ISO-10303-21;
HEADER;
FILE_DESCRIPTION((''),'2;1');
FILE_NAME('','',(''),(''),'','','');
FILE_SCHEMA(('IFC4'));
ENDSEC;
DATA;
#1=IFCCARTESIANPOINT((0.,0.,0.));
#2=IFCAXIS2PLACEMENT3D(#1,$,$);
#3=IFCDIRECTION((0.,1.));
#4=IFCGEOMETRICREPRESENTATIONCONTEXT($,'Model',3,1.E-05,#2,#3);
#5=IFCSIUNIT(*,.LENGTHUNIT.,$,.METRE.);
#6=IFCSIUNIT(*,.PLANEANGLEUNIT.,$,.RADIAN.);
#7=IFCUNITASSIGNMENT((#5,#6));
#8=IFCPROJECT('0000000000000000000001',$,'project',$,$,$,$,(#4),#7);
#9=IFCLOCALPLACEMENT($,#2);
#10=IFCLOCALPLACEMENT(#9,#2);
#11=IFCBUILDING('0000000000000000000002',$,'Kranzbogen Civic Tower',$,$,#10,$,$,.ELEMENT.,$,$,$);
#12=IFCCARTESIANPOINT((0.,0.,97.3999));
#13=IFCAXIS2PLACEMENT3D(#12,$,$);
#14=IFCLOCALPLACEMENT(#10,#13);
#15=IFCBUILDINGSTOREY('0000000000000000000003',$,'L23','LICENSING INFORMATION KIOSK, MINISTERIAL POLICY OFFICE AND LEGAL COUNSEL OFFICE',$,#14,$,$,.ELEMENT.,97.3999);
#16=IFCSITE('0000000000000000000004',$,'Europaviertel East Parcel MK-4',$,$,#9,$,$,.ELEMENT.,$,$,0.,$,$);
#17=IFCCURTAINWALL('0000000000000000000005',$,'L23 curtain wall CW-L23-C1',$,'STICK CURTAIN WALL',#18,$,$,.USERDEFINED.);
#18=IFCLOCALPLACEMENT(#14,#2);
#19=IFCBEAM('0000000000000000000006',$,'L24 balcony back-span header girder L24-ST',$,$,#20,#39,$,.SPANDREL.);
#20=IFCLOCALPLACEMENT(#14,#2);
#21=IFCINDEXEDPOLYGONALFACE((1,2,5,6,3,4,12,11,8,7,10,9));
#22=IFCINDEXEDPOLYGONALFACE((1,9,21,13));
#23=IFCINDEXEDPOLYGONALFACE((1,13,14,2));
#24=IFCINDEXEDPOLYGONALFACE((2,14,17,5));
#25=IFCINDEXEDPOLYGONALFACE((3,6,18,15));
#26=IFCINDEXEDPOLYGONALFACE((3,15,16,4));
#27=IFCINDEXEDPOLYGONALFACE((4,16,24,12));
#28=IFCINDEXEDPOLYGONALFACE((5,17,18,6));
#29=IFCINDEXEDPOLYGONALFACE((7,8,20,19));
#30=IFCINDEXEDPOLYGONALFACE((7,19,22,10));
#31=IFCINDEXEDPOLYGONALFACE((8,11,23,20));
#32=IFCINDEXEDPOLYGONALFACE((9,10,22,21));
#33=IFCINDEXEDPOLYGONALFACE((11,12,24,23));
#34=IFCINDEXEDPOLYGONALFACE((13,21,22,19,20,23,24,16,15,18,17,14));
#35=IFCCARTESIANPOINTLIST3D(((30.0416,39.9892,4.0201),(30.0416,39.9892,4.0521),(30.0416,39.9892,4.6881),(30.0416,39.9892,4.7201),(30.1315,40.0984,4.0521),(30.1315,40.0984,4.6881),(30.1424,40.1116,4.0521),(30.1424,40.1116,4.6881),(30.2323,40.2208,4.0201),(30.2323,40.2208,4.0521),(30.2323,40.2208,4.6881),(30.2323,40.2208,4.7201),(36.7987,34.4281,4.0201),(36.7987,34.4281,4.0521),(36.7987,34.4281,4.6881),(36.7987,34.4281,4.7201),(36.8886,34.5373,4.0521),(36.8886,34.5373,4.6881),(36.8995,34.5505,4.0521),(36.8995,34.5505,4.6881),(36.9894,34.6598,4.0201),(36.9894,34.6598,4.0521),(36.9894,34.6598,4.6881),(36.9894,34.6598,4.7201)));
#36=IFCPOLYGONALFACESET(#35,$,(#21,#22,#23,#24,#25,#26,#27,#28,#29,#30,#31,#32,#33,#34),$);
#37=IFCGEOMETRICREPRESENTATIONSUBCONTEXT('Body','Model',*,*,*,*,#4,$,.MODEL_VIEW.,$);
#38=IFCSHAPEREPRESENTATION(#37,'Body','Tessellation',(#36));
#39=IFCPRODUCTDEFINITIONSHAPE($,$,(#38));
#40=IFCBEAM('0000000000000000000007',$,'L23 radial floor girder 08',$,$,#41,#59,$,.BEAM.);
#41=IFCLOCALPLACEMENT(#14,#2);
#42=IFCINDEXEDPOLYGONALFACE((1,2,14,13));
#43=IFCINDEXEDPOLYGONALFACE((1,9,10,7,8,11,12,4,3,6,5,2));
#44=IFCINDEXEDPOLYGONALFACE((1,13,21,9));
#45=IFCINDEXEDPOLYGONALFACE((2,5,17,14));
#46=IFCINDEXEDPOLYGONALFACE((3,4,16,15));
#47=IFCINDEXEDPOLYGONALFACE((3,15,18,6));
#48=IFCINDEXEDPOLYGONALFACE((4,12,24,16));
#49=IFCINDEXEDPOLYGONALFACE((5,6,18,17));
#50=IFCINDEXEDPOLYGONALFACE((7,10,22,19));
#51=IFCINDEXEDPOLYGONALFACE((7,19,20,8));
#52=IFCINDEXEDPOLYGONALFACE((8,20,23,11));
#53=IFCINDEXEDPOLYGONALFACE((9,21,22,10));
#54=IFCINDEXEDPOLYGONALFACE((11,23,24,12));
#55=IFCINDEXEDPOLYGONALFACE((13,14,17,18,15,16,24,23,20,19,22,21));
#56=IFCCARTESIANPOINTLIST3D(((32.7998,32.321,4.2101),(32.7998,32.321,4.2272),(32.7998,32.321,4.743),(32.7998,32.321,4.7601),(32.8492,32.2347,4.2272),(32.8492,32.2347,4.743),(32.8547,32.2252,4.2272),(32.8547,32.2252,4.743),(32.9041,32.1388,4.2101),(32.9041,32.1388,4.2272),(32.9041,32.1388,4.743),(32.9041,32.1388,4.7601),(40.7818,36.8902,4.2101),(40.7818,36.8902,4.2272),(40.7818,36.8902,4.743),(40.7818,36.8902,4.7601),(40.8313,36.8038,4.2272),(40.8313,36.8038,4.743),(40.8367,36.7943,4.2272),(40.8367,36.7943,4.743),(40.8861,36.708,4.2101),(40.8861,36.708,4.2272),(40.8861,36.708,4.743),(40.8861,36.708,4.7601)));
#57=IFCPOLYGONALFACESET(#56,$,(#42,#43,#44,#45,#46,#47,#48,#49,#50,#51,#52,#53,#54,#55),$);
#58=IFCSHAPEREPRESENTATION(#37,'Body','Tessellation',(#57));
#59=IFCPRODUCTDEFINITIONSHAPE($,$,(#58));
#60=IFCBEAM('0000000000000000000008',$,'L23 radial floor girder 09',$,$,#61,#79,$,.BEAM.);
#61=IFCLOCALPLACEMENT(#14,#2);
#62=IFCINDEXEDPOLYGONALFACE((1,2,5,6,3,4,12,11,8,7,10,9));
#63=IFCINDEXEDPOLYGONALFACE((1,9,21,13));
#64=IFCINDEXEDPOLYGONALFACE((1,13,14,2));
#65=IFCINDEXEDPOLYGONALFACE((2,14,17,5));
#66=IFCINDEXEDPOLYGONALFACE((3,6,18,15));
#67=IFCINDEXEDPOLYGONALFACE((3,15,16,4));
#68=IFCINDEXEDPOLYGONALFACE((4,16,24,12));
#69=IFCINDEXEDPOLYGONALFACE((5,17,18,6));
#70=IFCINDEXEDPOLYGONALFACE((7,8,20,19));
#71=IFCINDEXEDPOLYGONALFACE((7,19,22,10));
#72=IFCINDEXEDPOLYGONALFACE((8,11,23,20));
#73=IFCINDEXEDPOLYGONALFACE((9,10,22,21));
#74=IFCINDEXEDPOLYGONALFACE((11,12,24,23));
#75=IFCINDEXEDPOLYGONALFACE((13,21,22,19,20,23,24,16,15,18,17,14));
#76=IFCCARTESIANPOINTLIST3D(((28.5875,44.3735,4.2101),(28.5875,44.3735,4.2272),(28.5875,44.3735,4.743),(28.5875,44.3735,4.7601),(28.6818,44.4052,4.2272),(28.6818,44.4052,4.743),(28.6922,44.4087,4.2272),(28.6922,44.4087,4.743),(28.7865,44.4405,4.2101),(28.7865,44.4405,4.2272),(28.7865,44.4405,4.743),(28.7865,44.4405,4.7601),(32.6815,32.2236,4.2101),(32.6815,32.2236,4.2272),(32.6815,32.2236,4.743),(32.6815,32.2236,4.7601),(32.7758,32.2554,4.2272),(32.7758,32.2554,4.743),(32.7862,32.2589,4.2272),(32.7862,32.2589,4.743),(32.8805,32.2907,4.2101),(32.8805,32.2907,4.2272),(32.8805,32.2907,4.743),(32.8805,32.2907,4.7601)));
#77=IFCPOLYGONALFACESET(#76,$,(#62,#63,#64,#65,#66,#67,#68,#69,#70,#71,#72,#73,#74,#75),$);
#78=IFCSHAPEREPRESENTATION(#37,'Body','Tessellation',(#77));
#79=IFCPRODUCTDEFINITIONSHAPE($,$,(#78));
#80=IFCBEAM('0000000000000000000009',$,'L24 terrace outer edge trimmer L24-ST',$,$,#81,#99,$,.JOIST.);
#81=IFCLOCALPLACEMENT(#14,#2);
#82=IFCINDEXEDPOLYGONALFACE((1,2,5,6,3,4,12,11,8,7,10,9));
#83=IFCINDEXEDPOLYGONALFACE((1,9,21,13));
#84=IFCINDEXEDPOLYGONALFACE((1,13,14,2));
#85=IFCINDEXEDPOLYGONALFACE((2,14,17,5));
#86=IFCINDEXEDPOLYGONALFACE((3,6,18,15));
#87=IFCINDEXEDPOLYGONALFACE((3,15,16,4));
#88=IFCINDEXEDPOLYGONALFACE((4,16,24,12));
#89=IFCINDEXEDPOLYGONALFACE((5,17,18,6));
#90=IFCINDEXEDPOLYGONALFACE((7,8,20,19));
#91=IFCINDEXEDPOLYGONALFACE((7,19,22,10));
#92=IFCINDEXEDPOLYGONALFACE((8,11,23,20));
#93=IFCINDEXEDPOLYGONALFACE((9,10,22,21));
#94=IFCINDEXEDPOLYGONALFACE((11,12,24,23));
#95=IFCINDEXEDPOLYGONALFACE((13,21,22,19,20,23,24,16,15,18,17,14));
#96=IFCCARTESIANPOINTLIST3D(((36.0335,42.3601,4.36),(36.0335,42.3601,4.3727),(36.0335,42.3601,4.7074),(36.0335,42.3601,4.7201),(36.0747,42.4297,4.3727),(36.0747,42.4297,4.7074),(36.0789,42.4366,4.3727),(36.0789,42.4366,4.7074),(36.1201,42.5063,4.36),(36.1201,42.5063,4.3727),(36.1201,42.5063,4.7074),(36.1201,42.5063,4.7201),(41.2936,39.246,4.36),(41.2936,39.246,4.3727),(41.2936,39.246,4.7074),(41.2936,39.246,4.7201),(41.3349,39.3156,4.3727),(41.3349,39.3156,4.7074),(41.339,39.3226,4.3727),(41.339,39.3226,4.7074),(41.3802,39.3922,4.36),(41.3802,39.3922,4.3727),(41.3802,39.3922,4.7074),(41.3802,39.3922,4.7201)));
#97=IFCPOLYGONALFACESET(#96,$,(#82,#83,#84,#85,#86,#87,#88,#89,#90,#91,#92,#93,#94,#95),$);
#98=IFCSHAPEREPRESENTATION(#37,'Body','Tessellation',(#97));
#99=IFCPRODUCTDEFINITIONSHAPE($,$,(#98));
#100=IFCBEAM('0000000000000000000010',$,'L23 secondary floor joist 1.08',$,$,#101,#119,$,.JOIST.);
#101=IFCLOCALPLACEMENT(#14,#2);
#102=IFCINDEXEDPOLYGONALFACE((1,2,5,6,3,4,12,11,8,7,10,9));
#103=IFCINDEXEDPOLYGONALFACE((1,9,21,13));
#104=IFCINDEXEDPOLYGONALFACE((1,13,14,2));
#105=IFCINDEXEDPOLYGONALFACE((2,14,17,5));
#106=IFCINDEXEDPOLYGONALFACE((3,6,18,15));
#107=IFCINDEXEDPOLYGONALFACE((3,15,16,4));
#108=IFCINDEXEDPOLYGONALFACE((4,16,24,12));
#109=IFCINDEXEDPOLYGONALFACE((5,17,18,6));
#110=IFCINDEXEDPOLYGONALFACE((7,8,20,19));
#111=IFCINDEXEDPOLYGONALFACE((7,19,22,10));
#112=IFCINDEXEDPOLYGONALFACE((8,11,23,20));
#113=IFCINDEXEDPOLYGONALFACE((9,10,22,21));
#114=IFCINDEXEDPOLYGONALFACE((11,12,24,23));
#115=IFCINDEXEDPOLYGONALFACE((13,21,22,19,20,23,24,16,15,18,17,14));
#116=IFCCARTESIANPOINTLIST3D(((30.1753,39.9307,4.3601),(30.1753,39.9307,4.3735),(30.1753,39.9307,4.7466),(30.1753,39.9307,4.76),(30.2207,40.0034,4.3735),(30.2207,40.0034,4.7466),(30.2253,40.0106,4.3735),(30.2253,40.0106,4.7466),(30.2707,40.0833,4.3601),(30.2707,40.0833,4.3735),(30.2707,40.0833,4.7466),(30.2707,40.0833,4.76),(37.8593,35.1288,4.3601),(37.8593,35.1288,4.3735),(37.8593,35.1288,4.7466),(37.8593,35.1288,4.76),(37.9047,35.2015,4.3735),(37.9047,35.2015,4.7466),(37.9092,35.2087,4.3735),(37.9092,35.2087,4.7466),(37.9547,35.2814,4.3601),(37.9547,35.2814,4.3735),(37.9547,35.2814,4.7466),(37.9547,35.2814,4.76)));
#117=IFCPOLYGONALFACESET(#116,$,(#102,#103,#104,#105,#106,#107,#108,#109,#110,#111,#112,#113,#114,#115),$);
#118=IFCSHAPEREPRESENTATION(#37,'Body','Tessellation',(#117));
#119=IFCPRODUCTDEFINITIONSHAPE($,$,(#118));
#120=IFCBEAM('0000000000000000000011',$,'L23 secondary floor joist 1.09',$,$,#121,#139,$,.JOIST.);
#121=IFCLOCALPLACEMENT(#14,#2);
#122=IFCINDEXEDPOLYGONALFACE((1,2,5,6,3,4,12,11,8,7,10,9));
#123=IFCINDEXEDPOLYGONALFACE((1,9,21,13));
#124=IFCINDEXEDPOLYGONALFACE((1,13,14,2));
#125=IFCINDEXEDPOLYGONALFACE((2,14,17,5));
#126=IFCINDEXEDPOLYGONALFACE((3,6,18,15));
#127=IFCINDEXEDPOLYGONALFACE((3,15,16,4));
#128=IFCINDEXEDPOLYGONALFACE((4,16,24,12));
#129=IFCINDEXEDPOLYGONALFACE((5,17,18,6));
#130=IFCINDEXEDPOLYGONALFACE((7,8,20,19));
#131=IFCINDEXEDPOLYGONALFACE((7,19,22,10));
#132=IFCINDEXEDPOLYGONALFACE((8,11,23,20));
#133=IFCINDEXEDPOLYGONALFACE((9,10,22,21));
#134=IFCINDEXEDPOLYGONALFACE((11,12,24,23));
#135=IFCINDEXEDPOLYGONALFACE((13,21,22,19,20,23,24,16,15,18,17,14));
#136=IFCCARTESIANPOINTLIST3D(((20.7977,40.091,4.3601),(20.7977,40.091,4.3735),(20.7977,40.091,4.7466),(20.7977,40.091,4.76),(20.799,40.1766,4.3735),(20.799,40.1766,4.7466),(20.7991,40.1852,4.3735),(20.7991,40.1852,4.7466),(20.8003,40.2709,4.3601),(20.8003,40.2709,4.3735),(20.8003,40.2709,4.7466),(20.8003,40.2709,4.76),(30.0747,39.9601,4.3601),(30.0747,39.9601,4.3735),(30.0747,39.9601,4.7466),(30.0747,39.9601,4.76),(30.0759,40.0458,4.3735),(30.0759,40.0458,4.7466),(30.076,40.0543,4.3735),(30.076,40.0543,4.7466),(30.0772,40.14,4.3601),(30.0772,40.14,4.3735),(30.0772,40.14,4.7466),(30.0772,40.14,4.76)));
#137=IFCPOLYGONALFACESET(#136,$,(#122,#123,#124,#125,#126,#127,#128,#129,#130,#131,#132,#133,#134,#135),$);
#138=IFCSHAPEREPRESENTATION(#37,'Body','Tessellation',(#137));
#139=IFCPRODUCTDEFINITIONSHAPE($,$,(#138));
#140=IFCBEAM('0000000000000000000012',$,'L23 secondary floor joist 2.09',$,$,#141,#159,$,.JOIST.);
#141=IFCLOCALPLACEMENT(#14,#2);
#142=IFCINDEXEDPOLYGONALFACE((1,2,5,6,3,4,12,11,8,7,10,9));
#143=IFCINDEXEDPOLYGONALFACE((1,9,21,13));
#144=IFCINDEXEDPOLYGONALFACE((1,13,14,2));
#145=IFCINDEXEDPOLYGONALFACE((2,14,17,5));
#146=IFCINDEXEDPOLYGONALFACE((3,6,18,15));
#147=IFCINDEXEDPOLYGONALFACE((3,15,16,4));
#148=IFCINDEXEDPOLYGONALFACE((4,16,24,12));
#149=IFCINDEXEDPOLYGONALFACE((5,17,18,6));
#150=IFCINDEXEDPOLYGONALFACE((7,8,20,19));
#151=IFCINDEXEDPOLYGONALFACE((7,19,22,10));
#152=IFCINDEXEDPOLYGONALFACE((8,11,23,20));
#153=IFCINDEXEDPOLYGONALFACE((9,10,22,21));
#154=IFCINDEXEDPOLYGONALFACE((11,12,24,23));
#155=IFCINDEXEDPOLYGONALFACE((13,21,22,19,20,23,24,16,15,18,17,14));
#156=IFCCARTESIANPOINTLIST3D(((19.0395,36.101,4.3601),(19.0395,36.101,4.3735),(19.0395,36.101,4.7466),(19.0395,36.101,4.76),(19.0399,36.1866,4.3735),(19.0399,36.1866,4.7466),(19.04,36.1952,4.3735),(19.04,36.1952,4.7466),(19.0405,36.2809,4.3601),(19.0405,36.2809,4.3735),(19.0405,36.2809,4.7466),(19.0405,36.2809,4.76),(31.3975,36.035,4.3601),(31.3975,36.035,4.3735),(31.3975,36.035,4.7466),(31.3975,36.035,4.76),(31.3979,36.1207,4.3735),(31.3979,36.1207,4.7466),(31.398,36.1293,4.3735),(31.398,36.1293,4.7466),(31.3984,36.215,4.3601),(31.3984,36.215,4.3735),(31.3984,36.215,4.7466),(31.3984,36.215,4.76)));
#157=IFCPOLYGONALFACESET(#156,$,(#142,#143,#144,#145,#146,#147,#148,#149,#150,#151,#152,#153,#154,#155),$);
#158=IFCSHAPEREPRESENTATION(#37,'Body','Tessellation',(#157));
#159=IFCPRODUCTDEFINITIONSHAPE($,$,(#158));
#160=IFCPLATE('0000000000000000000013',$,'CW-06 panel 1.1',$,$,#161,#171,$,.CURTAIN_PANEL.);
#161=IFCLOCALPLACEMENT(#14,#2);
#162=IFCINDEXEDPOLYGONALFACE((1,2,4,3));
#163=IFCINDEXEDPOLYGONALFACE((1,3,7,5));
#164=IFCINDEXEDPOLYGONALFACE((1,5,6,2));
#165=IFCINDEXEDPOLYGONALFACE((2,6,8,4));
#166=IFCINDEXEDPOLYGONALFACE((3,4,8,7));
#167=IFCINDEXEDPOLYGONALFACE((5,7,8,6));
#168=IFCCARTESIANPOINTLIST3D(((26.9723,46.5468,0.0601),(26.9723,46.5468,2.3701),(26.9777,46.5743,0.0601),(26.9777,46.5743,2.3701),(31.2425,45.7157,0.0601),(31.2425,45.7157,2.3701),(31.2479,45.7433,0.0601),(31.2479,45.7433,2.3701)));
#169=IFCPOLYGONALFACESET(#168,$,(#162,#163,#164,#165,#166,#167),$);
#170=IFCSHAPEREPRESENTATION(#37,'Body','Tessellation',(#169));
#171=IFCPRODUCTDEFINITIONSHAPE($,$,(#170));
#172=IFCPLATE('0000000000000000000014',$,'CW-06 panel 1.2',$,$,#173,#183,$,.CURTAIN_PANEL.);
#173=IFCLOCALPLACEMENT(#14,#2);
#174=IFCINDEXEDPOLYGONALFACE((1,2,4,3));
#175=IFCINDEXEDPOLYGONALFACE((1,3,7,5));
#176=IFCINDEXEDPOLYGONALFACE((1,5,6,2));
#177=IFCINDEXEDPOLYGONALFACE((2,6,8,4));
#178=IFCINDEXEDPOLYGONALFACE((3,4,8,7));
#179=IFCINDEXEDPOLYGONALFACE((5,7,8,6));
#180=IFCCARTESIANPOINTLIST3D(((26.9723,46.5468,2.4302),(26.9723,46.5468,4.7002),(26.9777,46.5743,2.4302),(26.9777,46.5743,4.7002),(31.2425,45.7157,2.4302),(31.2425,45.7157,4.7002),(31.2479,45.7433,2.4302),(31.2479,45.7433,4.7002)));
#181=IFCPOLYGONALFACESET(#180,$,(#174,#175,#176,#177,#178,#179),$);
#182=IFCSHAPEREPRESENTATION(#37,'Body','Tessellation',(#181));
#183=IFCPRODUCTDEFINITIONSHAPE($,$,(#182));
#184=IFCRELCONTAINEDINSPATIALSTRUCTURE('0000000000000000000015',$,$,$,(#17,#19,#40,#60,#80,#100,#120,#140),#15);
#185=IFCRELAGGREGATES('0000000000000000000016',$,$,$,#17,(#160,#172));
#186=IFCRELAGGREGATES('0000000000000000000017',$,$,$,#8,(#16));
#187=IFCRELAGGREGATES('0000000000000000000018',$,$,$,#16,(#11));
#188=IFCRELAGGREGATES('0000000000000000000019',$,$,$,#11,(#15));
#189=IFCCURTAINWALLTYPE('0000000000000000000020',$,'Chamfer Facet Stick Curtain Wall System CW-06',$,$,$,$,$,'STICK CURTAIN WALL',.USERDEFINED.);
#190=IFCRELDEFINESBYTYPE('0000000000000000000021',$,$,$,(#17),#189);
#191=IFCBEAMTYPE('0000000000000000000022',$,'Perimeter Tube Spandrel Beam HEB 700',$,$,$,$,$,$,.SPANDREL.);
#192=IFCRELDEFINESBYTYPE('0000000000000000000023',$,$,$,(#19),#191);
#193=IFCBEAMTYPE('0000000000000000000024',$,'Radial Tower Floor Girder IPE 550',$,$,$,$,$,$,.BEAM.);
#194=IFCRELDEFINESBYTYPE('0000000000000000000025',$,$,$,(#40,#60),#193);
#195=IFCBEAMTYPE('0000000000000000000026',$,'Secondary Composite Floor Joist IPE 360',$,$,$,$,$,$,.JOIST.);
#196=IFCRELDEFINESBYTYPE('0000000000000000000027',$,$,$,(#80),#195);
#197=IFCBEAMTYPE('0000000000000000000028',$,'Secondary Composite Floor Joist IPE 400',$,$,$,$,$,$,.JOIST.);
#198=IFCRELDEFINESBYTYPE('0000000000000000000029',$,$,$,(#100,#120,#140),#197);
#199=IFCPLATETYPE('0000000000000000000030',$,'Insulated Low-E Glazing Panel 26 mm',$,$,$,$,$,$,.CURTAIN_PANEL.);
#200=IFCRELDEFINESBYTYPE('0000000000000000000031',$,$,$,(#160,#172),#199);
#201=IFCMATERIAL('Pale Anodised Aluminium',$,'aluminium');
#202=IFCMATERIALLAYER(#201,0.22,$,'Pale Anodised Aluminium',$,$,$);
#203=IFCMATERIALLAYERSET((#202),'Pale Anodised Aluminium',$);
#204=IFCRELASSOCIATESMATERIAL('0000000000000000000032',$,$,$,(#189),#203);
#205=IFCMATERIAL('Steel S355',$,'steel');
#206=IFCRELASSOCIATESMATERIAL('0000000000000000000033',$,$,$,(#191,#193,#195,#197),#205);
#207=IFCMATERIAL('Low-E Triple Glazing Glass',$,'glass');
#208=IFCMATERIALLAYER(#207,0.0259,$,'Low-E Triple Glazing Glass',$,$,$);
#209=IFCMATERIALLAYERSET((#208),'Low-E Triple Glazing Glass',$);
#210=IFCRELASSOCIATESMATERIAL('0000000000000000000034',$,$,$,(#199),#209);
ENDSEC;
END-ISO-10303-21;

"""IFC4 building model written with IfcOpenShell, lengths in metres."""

from ifc_helpers import new_model, si_unit, direction, frame, origin, origin_2d, place, context, subcontext, project, spatial, rectangle, i_section, extrude, material, layer, layer_set, material_profile, profile_set, type_object, element, aggregate, save


model = new_model("IFC4")

# Units and contexts
model_context = context("Model", 3, precision=1e-05, world=origin(), true_north=direction((0.0, 1.0)))
body_context = subcontext(model_context, "Body", "Model", "MODEL_VIEW")
ifc_project = project(units=[si_unit("LENGTHUNIT", "METRE"), si_unit("PLANEANGLEUNIT", "RADIAN")], contexts=[model_context])

# Site, building, storey
site_placement = place(None, origin())
site = spatial("IfcSite", under=ifc_project, at=site_placement, Name="Europaviertel East Parcel MK-4", CompositionType="ELEMENT", RefElevation=0.0)
building_placement = place(site_placement, origin())
building = spatial("IfcBuilding", under=site, at=building_placement, Name="Kranzbogen Civic Tower", CompositionType="ELEMENT")
storey_placement = place(building_placement, frame((0.0, 0.0, 97.3999)))
storey = spatial("IfcBuildingStorey", under=building, at=storey_placement, Name="L23", Description="LICENSING INFORMATION KIOSK, MINISTERIAL POLICY OFFICE AND LEGAL COUNSEL OFFICE", CompositionType="ELEMENT", Elevation=97.3999)

# Shared definitions
ifc_material_1 = material(Name="Steel S355", Category="steel")

# Curtain wall
ifc_material_2 = material(Name="Pale Anodised Aluminium", Category="aluminium")
ifc_layer_1 = layer(ifc_material_2, 0.22, Name="Pale Anodised Aluminium")
ifc_layer_set_1 = layer_set([ifc_layer_1], Name="Pale Anodised Aluminium")
curtain_wall_type_1 = type_object("IfcCurtainWallType", Name="Chamfer Facet Stick Curtain Wall System CW-06", ElementType="STICK CURTAIN WALL", PredefinedType="USERDEFINED", material=ifc_layer_set_1)
curtain_wall_1_placement = place(storey_placement, origin())
curtain_wall_1 = element("IfcCurtainWall", 1, at=curtain_wall_1_placement, inside=storey, type_object=curtain_wall_type_1, Name="L23 curtain wall CW-L23-C1", ObjectType="STICK CURTAIN WALL", PredefinedType="USERDEFINED")

# Beams
ifc_material_profile_1 = material_profile(ifc_material_1, i_section(OverallWidth=0.3, OverallDepth=0.7, WebThickness=0.0171, FlangeThickness=0.032, at=origin_2d()), Name="HEB 700")
ifc_profile_set_1 = profile_set([ifc_material_profile_1], Name="Steel S355")
beam_type_1 = type_object("IfcBeamType", Name="Perimeter Tube Spandrel Beam HEB 700", PredefinedType="SPANDREL", material=ifc_profile_set_1)
beam_1_placement = place(storey_placement, frame((36.894, 34.5439, 4.3701), z_axis=(-0.772133, 0.635461, 0.0), x_axis=(-0.635461, -0.772133, 0.0)))
element("IfcBeam", 2, at=beam_1_placement, inside=storey, type_object=beam_type_1, Name="L24 balcony back-span header girder L24-ST", PredefinedType="SPANDREL", context=body_context, shape_type="SweptSolid", body=[
    extrude(i_section(OverallWidth=0.3, OverallDepth=0.7, WebThickness=0.0171, FlangeThickness=0.032, at=origin_2d()), origin(), (0.0, 0.0, 1.0), 8.7512),
])
ifc_material_profile_2 = material_profile(ifc_material_1, i_section(OverallWidth=0.21, OverallDepth=0.55, WebThickness=0.011, FlangeThickness=0.0171, at=origin_2d()), Name="IPE 550")
ifc_profile_set_2 = profile_set([ifc_material_profile_2], Name="Steel S355")
beam_type_2 = type_object("IfcBeamType", Name="Radial Tower Floor Girder IPE 550", PredefinedType="BEAM", material=ifc_profile_set_2)
beam_2_placement = place(storey_placement, frame((40.834, 36.7991, 4.4851), z_axis=(-0.867869, -0.496793, 0.0), x_axis=(0.496793, -0.867869, 0.0)))
element("IfcBeam", 3, at=beam_2_placement, inside=storey, type_object=beam_type_2, Name="L23 radial floor girder 08", PredefinedType="BEAM", context=body_context, shape_type="SweptSolid", body=[
    extrude(i_section(OverallWidth=0.21, OverallDepth=0.55, WebThickness=0.011, FlangeThickness=0.0171, at=origin_2d()), origin(), (0.0, 0.0, 1.0), 9.1973),
])
beam_3_placement = place(storey_placement, frame((28.687, 44.407, 4.4851), z_axis=(0.319317, -0.947648, 0.0), x_axis=(0.947648, 0.319317, 0.0)))
element("IfcBeam", 4, at=beam_3_placement, inside=storey, type_object=beam_type_2, Name="L23 radial floor girder 09", PredefinedType="BEAM", context=body_context, shape_type="SweptSolid", body=[
    extrude(i_section(OverallWidth=0.21, OverallDepth=0.55, WebThickness=0.011, FlangeThickness=0.0171, at=origin_2d()), origin(), (0.0, 0.0, 1.0), 12.821),
])
ifc_material_profile_3 = material_profile(ifc_material_1, i_section(OverallWidth=0.1699, OverallDepth=0.3601, WebThickness=0.0081, FlangeThickness=0.0127, at=origin_2d()), Name="IPE 360")
ifc_profile_set_3 = profile_set([ifc_material_profile_3], Name="Steel S355")
beam_type_3 = type_object("IfcBeamType", Name="Secondary Composite Floor Joist IPE 360", PredefinedType="JOIST", material=ifc_profile_set_3)
beam_4_placement = place(storey_placement, frame((41.3369, 39.3191, 4.54), z_axis=(-0.860509, 0.509436, 0.0), x_axis=(-0.509436, -0.860509, 0.0)))
element("IfcBeam", 5, at=beam_4_placement, inside=storey, type_object=beam_type_3, Name="L24 terrace outer edge trimmer L24-ST", PredefinedType="JOIST", context=body_context, shape_type="SweptSolid", body=[
    extrude(i_section(OverallWidth=0.1699, OverallDepth=0.3601, WebThickness=0.0081, FlangeThickness=0.0127, at=origin_2d()), origin(), (0.0, 0.0, 1.0), 6.1128),
])
ifc_material_profile_4 = material_profile(ifc_material_1, i_section(OverallWidth=0.1799, OverallDepth=0.3999, WebThickness=0.0085, FlangeThickness=0.0134, at=origin_2d()), Name="IPE 400")
ifc_profile_set_4 = profile_set([ifc_material_profile_4], Name="Steel S355")
beam_type_4 = type_object("IfcBeamType", Name="Secondary Composite Floor Joist IPE 400", PredefinedType="JOIST", material=ifc_profile_set_4)
beam_5_placement = place(storey_placement, frame((37.907, 35.2051, 4.5601), z_axis=(-0.848026, 0.529955, 0.0), x_axis=(-0.529955, -0.848026, 0.0)))
element("IfcBeam", 6, at=beam_5_placement, inside=storey, type_object=beam_type_4, Name="L23 secondary floor joist 1.08", PredefinedType="JOIST", context=body_context, shape_type="SweptSolid", body=[
    extrude(i_section(OverallWidth=0.1799, OverallDepth=0.3999, WebThickness=0.0085, FlangeThickness=0.0134, at=origin_2d()), origin(), (0.0, 0.0, 1.0), 9.061),
])
beam_6_placement = place(storey_placement, frame((30.0759, 40.05, 4.5601), z_axis=(-0.999901, 0.014105, 0.0), x_axis=(-0.014105, -0.999901, 0.0)))
element("IfcBeam", 7, at=beam_6_placement, inside=storey, type_object=beam_type_4, Name="L23 secondary floor joist 1.09", PredefinedType="JOIST", context=body_context, shape_type="SweptSolid", body=[
    extrude(i_section(OverallWidth=0.1799, OverallDepth=0.3999, WebThickness=0.0085, FlangeThickness=0.0134, at=origin_2d()), origin(), (0.0, 0.0, 1.0), 9.2778),
])
beam_7_placement = place(storey_placement, frame((31.3979, 36.125, 4.5601), z_axis=(-0.999986, 0.005334, 0.0), x_axis=(-0.005334, -0.999986, 0.0)))
element("IfcBeam", 8, at=beam_7_placement, inside=storey, type_object=beam_type_4, Name="L23 secondary floor joist 2.09", PredefinedType="JOIST", context=body_context, shape_type="SweptSolid", body=[
    extrude(i_section(OverallWidth=0.1799, OverallDepth=0.3999, WebThickness=0.0085, FlangeThickness=0.0134, at=origin_2d()), origin(), (0.0, 0.0, 1.0), 12.3582),
])

# Plates
ifc_material_3 = material(Name="Low-E Triple Glazing Glass", Category="glass")
ifc_layer_2 = layer(ifc_material_3, 0.0259, Name="Low-E Triple Glazing Glass")
ifc_layer_set_2 = layer_set([ifc_layer_2], Name="Low-E Triple Glazing Glass")
plate_type_1 = type_object("IfcPlateType", Name="Insulated Low-E Glazing Panel 26 mm", PredefinedType="CURTAIN_PANEL", material=ifc_layer_set_2)
plate_1_placement = place(storey_placement, frame((29.1101, 46.145, 0.0601), z_axis=(0.0, 0.0, 1.0), x_axis=(-0.981583, 0.191037, 0.0)))
plate_1 = element("IfcPlate", 9, at=plate_1_placement, type_object=plate_type_1, Name="CW-06 panel 1.1", PredefinedType="CURTAIN_PANEL", context=body_context, shape_type="SweptSolid", body=[
    extrude(rectangle(XDim=4.3503, YDim=0.0281, at=origin_2d()), origin(), (0.0, 0.0, 1.0), 2.3101),
])
plate_2_placement = place(storey_placement, frame((29.1101, 46.145, 2.4302), z_axis=(0.0, 0.0, 1.0), x_axis=(-0.981583, 0.191037, 0.0)))
plate_2 = element("IfcPlate", 10, at=plate_2_placement, type_object=plate_type_1, Name="CW-06 panel 1.2", PredefinedType="CURTAIN_PANEL", context=body_context, shape_type="SweptSolid", body=[
    extrude(rectangle(XDim=4.3503, YDim=0.0281, at=origin_2d()), origin(), (0.0, 0.0, 1.0), 2.27),
])
aggregate(curtain_wall_1, [plate_1, plate_2])

save(model, "model.ifc")
